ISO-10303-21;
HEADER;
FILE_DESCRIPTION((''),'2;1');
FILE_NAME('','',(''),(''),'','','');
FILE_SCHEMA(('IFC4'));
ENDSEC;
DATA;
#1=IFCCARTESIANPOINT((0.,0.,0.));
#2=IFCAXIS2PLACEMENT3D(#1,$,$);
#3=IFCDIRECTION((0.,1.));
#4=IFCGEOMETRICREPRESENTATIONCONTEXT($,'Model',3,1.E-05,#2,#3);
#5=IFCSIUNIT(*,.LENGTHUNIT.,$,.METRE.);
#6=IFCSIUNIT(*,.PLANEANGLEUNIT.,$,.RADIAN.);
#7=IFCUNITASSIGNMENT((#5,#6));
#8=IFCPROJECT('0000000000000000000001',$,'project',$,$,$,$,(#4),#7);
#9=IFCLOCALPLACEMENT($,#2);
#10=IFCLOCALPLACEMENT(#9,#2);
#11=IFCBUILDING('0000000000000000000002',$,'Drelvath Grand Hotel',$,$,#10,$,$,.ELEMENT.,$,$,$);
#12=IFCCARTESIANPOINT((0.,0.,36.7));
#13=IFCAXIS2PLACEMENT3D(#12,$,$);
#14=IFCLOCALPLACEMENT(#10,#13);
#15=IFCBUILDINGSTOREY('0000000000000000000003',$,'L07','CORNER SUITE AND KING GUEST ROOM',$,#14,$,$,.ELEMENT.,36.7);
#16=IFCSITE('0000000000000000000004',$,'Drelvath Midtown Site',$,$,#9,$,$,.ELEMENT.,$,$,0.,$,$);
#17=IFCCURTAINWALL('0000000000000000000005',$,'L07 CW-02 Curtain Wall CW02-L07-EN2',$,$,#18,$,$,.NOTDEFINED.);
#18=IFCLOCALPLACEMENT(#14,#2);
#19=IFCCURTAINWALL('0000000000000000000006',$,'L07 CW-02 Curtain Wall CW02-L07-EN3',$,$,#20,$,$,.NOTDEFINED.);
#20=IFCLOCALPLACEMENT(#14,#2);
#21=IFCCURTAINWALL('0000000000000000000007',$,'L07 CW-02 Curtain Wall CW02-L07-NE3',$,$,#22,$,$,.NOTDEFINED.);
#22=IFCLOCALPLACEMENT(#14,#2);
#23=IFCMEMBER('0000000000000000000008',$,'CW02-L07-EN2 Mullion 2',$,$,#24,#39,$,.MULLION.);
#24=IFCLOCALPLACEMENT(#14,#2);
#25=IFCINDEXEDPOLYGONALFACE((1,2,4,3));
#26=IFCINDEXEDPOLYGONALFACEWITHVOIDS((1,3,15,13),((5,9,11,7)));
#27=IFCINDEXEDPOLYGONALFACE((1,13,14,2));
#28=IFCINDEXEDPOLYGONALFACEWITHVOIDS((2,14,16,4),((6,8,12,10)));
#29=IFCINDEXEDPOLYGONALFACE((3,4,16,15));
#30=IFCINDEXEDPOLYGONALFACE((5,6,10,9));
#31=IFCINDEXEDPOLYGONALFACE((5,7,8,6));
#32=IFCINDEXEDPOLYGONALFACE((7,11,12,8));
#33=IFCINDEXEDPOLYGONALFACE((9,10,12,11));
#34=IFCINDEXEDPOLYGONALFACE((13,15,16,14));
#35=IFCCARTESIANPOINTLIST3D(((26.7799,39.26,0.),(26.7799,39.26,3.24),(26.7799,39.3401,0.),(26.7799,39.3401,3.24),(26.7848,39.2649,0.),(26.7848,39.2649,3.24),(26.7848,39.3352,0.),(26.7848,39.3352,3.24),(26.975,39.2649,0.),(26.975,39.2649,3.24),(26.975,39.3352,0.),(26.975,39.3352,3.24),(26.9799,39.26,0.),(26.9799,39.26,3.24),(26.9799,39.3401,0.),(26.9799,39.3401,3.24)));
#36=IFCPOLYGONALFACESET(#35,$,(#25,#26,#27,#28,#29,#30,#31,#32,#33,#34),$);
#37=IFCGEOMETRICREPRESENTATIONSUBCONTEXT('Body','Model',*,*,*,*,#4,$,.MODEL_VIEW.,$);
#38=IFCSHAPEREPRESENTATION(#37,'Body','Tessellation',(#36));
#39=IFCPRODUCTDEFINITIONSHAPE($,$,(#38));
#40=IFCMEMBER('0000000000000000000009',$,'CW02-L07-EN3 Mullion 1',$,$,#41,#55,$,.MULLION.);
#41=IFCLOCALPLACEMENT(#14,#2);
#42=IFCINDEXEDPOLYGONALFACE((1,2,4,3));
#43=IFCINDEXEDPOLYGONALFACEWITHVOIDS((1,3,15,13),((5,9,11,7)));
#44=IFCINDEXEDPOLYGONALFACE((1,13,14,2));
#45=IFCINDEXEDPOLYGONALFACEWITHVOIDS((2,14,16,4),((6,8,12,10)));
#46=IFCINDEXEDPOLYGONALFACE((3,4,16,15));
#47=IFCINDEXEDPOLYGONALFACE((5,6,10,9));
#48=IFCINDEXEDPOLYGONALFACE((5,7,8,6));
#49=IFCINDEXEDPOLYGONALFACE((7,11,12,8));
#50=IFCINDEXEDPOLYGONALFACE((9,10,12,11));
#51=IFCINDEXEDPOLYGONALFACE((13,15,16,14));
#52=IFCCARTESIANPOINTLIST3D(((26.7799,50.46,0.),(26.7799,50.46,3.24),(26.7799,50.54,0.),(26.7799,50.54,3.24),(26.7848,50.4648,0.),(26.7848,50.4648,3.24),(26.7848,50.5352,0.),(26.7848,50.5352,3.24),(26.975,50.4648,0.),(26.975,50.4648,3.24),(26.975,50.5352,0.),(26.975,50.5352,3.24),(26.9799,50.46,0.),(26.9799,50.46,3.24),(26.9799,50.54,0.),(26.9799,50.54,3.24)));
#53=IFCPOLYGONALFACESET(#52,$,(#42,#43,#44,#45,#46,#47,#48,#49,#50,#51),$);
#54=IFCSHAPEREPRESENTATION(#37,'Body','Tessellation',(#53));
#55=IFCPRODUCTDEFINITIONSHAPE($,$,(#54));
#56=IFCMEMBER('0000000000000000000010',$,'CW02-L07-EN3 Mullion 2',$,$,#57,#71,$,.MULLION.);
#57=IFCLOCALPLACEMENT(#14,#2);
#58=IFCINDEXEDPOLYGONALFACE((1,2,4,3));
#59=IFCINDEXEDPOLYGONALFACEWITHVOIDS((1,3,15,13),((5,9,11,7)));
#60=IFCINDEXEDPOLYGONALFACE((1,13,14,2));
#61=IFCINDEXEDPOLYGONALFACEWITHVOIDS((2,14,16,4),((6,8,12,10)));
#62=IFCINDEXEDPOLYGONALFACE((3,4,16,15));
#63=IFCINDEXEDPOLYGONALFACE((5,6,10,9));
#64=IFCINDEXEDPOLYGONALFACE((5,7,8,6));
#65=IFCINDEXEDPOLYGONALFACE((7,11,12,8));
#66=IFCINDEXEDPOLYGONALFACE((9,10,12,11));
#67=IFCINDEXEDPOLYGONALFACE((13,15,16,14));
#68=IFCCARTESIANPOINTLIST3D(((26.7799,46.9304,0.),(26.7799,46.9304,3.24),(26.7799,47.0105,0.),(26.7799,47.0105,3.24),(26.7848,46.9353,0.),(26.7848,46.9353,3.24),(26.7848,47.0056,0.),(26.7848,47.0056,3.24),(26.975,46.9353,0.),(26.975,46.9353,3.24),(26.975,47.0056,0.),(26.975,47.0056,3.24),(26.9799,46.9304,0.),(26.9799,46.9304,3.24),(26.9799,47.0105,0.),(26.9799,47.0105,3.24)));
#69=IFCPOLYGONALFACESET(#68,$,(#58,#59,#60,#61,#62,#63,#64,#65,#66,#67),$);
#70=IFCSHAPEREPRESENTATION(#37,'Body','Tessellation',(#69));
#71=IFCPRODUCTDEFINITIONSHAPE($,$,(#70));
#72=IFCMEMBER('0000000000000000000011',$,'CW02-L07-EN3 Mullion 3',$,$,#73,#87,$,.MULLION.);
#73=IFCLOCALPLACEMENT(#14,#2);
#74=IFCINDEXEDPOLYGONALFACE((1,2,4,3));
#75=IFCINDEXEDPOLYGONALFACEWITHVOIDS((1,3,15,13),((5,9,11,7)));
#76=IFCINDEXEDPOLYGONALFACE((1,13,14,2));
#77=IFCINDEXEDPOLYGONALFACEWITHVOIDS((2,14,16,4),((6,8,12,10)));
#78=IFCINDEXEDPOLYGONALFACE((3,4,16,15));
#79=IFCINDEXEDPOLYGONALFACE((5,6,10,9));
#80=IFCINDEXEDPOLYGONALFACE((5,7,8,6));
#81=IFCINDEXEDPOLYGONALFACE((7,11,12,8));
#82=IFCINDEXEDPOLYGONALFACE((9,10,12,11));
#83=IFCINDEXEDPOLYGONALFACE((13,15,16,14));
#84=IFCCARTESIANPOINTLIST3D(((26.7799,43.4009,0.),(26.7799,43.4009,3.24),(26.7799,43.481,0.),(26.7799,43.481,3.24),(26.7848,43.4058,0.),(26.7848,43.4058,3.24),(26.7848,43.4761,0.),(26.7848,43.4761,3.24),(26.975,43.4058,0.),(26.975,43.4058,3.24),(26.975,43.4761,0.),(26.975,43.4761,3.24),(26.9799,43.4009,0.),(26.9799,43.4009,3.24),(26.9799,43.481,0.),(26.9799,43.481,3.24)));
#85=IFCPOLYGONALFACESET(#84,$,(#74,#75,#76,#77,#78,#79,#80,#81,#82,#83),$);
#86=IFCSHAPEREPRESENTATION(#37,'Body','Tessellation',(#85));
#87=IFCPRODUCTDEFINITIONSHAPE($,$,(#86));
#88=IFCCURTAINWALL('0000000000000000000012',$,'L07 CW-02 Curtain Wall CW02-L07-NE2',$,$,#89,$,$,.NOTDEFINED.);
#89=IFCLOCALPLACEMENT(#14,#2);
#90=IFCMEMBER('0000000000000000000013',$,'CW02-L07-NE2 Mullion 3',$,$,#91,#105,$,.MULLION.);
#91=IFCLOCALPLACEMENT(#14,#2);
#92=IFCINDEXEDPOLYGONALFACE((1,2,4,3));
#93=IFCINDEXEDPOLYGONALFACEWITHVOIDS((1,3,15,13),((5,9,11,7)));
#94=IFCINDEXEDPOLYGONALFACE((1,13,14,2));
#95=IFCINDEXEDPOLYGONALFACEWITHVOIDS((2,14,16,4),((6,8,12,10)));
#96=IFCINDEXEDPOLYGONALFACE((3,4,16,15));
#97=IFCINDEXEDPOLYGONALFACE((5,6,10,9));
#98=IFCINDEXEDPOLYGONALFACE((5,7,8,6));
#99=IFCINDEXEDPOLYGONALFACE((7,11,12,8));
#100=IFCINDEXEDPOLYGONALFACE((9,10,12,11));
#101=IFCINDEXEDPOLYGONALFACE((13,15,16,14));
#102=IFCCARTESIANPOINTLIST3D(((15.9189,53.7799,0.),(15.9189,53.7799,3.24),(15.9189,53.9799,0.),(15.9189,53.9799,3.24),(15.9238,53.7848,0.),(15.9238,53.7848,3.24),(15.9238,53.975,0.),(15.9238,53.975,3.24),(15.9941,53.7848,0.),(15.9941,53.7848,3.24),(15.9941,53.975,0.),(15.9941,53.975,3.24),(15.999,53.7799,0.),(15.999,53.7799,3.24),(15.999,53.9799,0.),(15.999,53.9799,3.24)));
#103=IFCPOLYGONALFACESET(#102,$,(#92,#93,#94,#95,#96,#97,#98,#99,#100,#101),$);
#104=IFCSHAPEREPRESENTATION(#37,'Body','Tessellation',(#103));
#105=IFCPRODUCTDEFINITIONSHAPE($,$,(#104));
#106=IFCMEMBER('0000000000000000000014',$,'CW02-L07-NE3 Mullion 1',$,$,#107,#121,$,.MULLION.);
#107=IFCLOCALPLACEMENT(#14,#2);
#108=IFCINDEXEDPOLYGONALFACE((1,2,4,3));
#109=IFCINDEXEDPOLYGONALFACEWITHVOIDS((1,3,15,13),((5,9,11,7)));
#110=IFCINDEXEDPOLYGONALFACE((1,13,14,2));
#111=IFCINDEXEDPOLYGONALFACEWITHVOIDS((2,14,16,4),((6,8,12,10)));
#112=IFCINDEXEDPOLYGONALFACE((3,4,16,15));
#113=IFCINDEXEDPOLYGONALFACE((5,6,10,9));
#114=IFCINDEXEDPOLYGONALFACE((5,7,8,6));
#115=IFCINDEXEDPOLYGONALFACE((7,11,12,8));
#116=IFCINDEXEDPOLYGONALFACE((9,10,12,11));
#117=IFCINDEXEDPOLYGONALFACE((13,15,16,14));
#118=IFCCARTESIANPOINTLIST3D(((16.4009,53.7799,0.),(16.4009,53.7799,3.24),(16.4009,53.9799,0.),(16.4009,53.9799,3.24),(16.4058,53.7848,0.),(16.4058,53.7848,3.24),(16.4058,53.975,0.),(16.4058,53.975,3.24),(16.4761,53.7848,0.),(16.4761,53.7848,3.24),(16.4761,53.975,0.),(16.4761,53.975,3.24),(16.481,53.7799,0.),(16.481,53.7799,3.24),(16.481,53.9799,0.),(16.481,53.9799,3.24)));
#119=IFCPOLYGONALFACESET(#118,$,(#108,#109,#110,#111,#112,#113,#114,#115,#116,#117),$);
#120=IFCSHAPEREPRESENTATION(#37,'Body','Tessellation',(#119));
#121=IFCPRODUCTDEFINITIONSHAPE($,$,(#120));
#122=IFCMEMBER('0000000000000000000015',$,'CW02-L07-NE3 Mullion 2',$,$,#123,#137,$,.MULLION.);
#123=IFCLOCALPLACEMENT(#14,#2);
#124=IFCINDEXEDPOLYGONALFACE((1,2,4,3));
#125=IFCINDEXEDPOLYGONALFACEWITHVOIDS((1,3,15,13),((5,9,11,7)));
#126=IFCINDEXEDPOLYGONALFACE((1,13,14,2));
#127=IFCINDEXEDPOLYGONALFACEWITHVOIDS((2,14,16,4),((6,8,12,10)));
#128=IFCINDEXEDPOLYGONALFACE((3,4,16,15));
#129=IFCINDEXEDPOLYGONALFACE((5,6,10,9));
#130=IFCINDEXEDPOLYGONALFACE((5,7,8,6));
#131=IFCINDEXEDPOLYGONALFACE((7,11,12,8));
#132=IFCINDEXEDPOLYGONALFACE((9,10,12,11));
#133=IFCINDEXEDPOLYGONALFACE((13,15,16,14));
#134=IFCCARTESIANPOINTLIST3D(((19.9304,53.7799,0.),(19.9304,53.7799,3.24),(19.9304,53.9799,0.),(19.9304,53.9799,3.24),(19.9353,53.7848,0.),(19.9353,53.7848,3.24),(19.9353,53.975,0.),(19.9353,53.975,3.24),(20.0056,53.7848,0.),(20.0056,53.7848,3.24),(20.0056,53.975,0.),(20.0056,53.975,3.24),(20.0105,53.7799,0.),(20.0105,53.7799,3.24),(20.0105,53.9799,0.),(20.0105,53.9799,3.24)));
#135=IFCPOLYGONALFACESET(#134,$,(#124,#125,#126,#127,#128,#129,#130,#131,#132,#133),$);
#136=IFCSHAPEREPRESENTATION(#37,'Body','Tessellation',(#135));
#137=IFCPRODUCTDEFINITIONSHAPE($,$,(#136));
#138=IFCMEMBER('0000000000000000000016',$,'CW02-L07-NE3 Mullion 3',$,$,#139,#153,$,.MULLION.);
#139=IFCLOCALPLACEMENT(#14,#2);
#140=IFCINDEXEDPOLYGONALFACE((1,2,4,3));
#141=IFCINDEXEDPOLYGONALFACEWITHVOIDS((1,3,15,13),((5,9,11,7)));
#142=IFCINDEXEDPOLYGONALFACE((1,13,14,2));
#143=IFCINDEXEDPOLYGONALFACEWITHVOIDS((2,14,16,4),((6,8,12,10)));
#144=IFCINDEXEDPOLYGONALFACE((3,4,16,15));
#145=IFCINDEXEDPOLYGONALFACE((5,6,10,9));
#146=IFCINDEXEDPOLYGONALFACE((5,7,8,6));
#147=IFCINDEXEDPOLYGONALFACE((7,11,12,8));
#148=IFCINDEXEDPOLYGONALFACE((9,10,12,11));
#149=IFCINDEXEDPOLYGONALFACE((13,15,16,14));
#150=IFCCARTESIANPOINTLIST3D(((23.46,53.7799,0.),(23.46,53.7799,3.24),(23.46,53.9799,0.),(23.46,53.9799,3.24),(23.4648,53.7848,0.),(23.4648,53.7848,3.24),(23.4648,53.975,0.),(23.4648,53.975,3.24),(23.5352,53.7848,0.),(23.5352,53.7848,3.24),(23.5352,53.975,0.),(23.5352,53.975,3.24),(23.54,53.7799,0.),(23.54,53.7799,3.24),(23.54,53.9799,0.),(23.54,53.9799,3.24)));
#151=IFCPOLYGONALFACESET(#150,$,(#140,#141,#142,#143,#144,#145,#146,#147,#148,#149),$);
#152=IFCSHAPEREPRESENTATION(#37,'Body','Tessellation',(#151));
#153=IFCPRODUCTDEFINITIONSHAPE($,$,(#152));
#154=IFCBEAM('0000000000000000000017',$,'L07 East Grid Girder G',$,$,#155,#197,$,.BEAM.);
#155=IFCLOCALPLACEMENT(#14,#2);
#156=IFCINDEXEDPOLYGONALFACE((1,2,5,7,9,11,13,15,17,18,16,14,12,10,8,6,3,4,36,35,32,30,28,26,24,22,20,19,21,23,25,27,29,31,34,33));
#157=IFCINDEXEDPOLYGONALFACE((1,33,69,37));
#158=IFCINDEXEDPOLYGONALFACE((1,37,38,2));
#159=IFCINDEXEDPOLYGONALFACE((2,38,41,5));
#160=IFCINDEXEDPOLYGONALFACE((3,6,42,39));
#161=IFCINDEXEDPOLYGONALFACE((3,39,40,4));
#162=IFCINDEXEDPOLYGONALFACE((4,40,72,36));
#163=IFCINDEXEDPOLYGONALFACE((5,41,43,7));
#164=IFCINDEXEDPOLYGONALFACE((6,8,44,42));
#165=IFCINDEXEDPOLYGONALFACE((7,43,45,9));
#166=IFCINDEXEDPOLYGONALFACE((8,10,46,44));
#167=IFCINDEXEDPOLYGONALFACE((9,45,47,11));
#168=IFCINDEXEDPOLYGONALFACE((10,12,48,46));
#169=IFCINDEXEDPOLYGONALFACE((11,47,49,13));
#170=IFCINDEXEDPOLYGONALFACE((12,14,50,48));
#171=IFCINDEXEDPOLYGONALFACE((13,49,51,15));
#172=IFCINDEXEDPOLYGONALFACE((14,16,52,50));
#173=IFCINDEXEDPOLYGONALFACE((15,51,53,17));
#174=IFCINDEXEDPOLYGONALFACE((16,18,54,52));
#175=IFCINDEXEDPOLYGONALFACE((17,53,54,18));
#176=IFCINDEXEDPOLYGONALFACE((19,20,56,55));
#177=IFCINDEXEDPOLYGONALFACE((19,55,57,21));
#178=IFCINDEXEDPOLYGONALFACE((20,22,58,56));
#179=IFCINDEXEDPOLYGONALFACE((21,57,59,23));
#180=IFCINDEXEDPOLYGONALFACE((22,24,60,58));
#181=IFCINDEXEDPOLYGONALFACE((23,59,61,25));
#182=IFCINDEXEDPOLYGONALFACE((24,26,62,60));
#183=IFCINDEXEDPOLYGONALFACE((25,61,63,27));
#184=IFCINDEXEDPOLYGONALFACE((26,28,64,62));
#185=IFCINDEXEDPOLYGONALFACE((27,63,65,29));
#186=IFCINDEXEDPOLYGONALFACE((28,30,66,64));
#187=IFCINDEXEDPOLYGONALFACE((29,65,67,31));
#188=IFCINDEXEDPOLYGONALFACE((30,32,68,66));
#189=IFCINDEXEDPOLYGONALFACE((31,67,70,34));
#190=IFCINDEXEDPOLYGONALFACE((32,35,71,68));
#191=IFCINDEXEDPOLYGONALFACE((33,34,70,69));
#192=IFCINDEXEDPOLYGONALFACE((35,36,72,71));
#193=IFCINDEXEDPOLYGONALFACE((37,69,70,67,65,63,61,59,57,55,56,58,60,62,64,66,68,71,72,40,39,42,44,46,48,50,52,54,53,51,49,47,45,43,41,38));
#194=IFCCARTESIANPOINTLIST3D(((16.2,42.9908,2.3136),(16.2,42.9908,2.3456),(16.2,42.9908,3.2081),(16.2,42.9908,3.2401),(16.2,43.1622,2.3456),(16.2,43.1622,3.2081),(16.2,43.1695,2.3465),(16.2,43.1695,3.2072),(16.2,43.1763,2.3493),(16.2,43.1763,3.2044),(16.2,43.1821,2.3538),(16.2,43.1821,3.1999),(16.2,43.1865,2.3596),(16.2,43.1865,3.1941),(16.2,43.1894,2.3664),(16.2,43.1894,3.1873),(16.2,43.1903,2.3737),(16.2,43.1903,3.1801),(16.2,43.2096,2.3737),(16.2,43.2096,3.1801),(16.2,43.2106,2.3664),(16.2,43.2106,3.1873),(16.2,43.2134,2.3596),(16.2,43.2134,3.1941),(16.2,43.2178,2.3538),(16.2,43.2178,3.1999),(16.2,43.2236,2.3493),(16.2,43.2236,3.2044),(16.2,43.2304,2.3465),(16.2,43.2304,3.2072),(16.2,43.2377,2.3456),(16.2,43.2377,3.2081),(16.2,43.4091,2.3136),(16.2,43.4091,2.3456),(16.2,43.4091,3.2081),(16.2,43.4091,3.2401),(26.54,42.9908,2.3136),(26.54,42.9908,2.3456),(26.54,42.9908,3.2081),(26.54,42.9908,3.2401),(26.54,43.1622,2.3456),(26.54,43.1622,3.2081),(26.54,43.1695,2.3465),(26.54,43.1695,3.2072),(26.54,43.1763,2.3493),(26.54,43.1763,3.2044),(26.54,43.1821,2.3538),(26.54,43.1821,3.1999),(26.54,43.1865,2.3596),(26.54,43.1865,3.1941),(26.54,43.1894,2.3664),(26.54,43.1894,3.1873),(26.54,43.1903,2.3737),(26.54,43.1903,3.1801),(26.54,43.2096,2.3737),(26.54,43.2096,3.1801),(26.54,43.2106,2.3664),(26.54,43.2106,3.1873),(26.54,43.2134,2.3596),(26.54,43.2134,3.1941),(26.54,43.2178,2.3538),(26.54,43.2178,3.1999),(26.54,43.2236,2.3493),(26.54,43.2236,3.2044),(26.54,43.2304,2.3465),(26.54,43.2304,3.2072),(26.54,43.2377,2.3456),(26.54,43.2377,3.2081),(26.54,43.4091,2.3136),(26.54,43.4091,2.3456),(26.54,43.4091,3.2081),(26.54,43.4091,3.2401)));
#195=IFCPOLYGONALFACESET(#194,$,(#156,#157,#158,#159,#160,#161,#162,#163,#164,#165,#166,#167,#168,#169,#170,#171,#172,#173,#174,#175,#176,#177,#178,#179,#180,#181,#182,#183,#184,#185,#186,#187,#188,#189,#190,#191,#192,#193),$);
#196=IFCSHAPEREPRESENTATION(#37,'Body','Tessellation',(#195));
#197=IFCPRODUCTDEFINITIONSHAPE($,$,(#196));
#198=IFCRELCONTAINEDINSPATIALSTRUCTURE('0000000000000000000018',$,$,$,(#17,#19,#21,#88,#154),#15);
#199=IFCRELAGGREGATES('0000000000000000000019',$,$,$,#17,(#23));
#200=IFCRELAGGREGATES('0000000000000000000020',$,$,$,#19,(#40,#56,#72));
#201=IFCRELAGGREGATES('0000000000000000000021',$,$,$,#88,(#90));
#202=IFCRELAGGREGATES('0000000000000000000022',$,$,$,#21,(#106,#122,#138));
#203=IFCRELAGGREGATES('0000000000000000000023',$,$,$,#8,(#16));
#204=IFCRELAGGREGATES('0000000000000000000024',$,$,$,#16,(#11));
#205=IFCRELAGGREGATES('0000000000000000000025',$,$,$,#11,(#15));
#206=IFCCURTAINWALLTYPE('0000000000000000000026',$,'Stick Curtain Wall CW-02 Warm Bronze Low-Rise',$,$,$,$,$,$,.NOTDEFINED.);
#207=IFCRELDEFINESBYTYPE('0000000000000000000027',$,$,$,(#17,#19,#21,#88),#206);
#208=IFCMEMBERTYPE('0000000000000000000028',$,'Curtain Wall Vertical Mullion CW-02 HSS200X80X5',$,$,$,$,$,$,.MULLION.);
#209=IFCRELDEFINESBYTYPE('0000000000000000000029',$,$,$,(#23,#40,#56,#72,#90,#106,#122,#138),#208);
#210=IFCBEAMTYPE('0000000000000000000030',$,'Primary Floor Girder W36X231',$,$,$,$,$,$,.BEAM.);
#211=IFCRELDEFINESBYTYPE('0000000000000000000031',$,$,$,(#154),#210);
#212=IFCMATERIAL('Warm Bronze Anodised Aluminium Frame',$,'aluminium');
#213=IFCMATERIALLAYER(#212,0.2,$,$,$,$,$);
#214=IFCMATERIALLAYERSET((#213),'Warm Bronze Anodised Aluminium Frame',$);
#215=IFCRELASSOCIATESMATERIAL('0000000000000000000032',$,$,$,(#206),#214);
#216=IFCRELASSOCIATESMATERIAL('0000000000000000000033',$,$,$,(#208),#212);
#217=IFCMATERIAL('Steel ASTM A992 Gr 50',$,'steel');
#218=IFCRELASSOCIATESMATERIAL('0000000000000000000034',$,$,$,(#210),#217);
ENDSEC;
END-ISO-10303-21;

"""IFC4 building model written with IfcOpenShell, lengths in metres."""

from ifc_helpers import new_model, si_unit, direction, frame, origin, origin_2d, place, context, subcontext, project, spatial, hollow_rectangle, i_section, extrude, material, layer, layer_set, material_profile, profile_set, type_object, element, aggregate, save


model = new_model("IFC4")

# Units and contexts
model_context = context("Model", 3, precision=1e-05, world=origin(), true_north=direction((0.0, 1.0)))
body_context = subcontext(model_context, "Body", "Model", "MODEL_VIEW")
ifc_project = project(units=[si_unit("LENGTHUNIT", "METRE"), si_unit("PLANEANGLEUNIT", "RADIAN")], contexts=[model_context])

# Site, building, storey
site_placement = place(None, origin())
site = spatial("IfcSite", under=ifc_project, at=site_placement, Name="Drelvath Midtown Site", CompositionType="ELEMENT", RefElevation=0.0)
building_placement = place(site_placement, origin())
building = spatial("IfcBuilding", under=site, at=building_placement, Name="Drelvath Grand Hotel", CompositionType="ELEMENT")
storey_placement = place(building_placement, frame((0.0, 0.0, 36.7)))
storey = spatial("IfcBuildingStorey", under=building, at=storey_placement, Name="L07", Description="CORNER SUITE AND KING GUEST ROOM", CompositionType="ELEMENT", Elevation=36.7)

# Curtain walls
ifc_material_1 = material(Name="Warm Bronze Anodised Aluminium Frame", Category="aluminium")
ifc_layer_1 = layer(ifc_material_1, 0.2)
ifc_layer_set_1 = layer_set([ifc_layer_1], Name="Warm Bronze Anodised Aluminium Frame")
curtain_wall_type = type_object("IfcCurtainWallType", Name="Stick Curtain Wall CW-02 Warm Bronze Low-Rise", PredefinedType="NOTDEFINED", material=ifc_layer_set_1)
curtain_wall_1_placement = place(storey_placement, origin())
curtain_wall_1 = element("IfcCurtainWall", 1, at=curtain_wall_1_placement, inside=storey, type_object=curtain_wall_type, Name="L07 CW-02 Curtain Wall CW02-L07-EN2", PredefinedType="NOTDEFINED")
curtain_wall_2_placement = place(storey_placement, origin())
curtain_wall_2 = element("IfcCurtainWall", 2, at=curtain_wall_2_placement, inside=storey, type_object=curtain_wall_type, Name="L07 CW-02 Curtain Wall CW02-L07-EN3", PredefinedType="NOTDEFINED")
curtain_wall_3_placement = place(storey_placement, origin())
curtain_wall_3 = element("IfcCurtainWall", 3, at=curtain_wall_3_placement, inside=storey, type_object=curtain_wall_type, Name="L07 CW-02 Curtain Wall CW02-L07-NE3", PredefinedType="NOTDEFINED")

# Members
ifc_material_profile_1 = material_profile(ifc_material_1, hollow_rectangle(XDim=0.0801, YDim=0.2, WallThickness=0.0049, at=origin_2d()), Name="HSS200X80X5")
ifc_profile_set_1 = profile_set([ifc_material_profile_1], Name="Warm Bronze Anodised Aluminium Frame")
member_type_1 = type_object("IfcMemberType", Name="Curtain Wall Vertical Mullion CW-02 HSS200X80X5", PredefinedType="MULLION", material=ifc_profile_set_1)
member_1_placement = place(storey_placement, frame((26.8799, 39.3, 0.0), z_axis=(0.0, 0.0, 1.0), x_axis=(0.0, 1.0, 0.0)))
member_1 = element("IfcMember", 4, at=member_1_placement, type_object=member_type_1, Name="CW02-L07-EN2 Mullion 2", PredefinedType="MULLION", context=body_context, shape_type="SweptSolid", body=[
    extrude(hollow_rectangle(XDim=0.0801, YDim=0.2, WallThickness=0.0049, at=origin_2d()), origin(), (0.0, 0.0, 1.0), 3.24),
])
member_2_placement = place(storey_placement, frame((26.8799, 50.5, 0.0), z_axis=(0.0, 0.0, 1.0), x_axis=(0.0, 1.0, 0.0)))
member_2 = element("IfcMember", 5, at=member_2_placement, type_object=member_type_1, Name="CW02-L07-EN3 Mullion 1", PredefinedType="MULLION", context=body_context, shape_type="SweptSolid", body=[
    extrude(hollow_rectangle(XDim=0.0801, YDim=0.2, WallThickness=0.0049, at=origin_2d()), origin(), (0.0, 0.0, 1.0), 3.24),
])
member_3_placement = place(storey_placement, frame((26.8799, 46.9705, 0.0), z_axis=(0.0, 0.0, 1.0), x_axis=(0.0, 1.0, 0.0)))
member_3 = element("IfcMember", 6, at=member_3_placement, type_object=member_type_1, Name="CW02-L07-EN3 Mullion 2", PredefinedType="MULLION", context=body_context, shape_type="SweptSolid", body=[
    extrude(hollow_rectangle(XDim=0.0801, YDim=0.2, WallThickness=0.0049, at=origin_2d()), origin(), (0.0, 0.0, 1.0), 3.24),
])
member_4_placement = place(storey_placement, frame((26.8799, 43.4409, 0.0), z_axis=(0.0, 0.0, 1.0), x_axis=(0.0, 1.0, 0.0)))
member_4 = element("IfcMember", 7, at=member_4_placement, type_object=member_type_1, Name="CW02-L07-EN3 Mullion 3", PredefinedType="MULLION", context=body_context, shape_type="SweptSolid", body=[
    extrude(hollow_rectangle(XDim=0.0801, YDim=0.2, WallThickness=0.0049, at=origin_2d()), origin(), (0.0, 0.0, 1.0), 3.24),
])

# Curtain wall, member
curtain_wall_4_placement = place(storey_placement, origin())
curtain_wall_4 = element("IfcCurtainWall", 8, at=curtain_wall_4_placement, inside=storey, type_object=curtain_wall_type, Name="L07 CW-02 Curtain Wall CW02-L07-NE2", PredefinedType="NOTDEFINED")
member_5_placement = place(storey_placement, frame((15.959, 53.8799, 0.0), z_axis=(0.0, 0.0, 1.0), x_axis=(1.0, 0.0, 0.0)))
member_5 = element("IfcMember", 9, at=member_5_placement, type_object=member_type_1, Name="CW02-L07-NE2 Mullion 3", PredefinedType="MULLION", context=body_context, shape_type="SweptSolid", body=[
    extrude(hollow_rectangle(XDim=0.0801, YDim=0.2, WallThickness=0.0049, at=origin_2d()), origin(), (0.0, 0.0, 1.0), 3.24),
])

# Members
member_6_placement = place(storey_placement, frame((16.4409, 53.8799, 0.0), z_axis=(0.0, 0.0, 1.0), x_axis=(1.0, 0.0, 0.0)))
member_6 = element("IfcMember", 10, at=member_6_placement, type_object=member_type_1, Name="CW02-L07-NE3 Mullion 1", PredefinedType="MULLION", context=body_context, shape_type="SweptSolid", body=[
    extrude(hollow_rectangle(XDim=0.0801, YDim=0.2, WallThickness=0.0049, at=origin_2d()), origin(), (0.0, 0.0, 1.0), 3.24),
])
member_7_placement = place(storey_placement, frame((19.9705, 53.8799, 0.0), z_axis=(0.0, 0.0, 1.0), x_axis=(1.0, 0.0, 0.0)))
member_7 = element("IfcMember", 11, at=member_7_placement, type_object=member_type_1, Name="CW02-L07-NE3 Mullion 2", PredefinedType="MULLION", context=body_context, shape_type="SweptSolid", body=[
    extrude(hollow_rectangle(XDim=0.0801, YDim=0.2, WallThickness=0.0049, at=origin_2d()), origin(), (0.0, 0.0, 1.0), 3.24),
])
member_8_placement = place(storey_placement, frame((23.5, 53.8799, 0.0), z_axis=(0.0, 0.0, 1.0), x_axis=(1.0, 0.0, 0.0)))
member_8 = element("IfcMember", 12, at=member_8_placement, type_object=member_type_1, Name="CW02-L07-NE3 Mullion 3", PredefinedType="MULLION", context=body_context, shape_type="SweptSolid", body=[
    extrude(hollow_rectangle(XDim=0.0801, YDim=0.2, WallThickness=0.0049, at=origin_2d()), origin(), (0.0, 0.0, 1.0), 3.24),
])

# Beam
ifc_material_2 = material(Name="Steel ASTM A992 Gr 50", Category="steel")
ifc_material_profile_2 = material_profile(ifc_material_2, i_section(OverallWidth=0.4182, OverallDepth=0.9265, WebThickness=0.0193, FlangeThickness=0.032, FilletRadius=0.0281, at=origin_2d()), Name="W36X231")
ifc_profile_set_2 = profile_set([ifc_material_profile_2], Name="Steel ASTM A992 Gr 50")
beam_type = type_object("IfcBeamType", Name="Primary Floor Girder W36X231", PredefinedType="BEAM", material=ifc_profile_set_2)
for number, where, z_axis, x_axis, name in (
    (13, (16.2, 43.2, 2.7769), (1.0, 0.0, 0.0), (0.0, 1.0, 0.0), "L07 East Grid Girder G"),
):
    element("IfcBeam", number, at=place(storey_placement, frame(where, z_axis=z_axis, x_axis=x_axis)), inside=storey, type_object=beam_type, Name=name, PredefinedType="BEAM", context=body_context, shape_type="SweptSolid", body=[
        extrude(i_section(OverallWidth=0.4182, OverallDepth=0.9265, WebThickness=0.0193, FlangeThickness=0.032, FilletRadius=0.0281, at=origin_2d()), origin(), (0.0, 0.0, 1.0), 10.3401),
    ])

aggregate(curtain_wall_1, [member_1])
aggregate(curtain_wall_2, [member_2, member_3, member_4])
aggregate(curtain_wall_4, [member_5])
aggregate(curtain_wall_3, [member_6, member_7, member_8])

save(model, "model.ifc")
